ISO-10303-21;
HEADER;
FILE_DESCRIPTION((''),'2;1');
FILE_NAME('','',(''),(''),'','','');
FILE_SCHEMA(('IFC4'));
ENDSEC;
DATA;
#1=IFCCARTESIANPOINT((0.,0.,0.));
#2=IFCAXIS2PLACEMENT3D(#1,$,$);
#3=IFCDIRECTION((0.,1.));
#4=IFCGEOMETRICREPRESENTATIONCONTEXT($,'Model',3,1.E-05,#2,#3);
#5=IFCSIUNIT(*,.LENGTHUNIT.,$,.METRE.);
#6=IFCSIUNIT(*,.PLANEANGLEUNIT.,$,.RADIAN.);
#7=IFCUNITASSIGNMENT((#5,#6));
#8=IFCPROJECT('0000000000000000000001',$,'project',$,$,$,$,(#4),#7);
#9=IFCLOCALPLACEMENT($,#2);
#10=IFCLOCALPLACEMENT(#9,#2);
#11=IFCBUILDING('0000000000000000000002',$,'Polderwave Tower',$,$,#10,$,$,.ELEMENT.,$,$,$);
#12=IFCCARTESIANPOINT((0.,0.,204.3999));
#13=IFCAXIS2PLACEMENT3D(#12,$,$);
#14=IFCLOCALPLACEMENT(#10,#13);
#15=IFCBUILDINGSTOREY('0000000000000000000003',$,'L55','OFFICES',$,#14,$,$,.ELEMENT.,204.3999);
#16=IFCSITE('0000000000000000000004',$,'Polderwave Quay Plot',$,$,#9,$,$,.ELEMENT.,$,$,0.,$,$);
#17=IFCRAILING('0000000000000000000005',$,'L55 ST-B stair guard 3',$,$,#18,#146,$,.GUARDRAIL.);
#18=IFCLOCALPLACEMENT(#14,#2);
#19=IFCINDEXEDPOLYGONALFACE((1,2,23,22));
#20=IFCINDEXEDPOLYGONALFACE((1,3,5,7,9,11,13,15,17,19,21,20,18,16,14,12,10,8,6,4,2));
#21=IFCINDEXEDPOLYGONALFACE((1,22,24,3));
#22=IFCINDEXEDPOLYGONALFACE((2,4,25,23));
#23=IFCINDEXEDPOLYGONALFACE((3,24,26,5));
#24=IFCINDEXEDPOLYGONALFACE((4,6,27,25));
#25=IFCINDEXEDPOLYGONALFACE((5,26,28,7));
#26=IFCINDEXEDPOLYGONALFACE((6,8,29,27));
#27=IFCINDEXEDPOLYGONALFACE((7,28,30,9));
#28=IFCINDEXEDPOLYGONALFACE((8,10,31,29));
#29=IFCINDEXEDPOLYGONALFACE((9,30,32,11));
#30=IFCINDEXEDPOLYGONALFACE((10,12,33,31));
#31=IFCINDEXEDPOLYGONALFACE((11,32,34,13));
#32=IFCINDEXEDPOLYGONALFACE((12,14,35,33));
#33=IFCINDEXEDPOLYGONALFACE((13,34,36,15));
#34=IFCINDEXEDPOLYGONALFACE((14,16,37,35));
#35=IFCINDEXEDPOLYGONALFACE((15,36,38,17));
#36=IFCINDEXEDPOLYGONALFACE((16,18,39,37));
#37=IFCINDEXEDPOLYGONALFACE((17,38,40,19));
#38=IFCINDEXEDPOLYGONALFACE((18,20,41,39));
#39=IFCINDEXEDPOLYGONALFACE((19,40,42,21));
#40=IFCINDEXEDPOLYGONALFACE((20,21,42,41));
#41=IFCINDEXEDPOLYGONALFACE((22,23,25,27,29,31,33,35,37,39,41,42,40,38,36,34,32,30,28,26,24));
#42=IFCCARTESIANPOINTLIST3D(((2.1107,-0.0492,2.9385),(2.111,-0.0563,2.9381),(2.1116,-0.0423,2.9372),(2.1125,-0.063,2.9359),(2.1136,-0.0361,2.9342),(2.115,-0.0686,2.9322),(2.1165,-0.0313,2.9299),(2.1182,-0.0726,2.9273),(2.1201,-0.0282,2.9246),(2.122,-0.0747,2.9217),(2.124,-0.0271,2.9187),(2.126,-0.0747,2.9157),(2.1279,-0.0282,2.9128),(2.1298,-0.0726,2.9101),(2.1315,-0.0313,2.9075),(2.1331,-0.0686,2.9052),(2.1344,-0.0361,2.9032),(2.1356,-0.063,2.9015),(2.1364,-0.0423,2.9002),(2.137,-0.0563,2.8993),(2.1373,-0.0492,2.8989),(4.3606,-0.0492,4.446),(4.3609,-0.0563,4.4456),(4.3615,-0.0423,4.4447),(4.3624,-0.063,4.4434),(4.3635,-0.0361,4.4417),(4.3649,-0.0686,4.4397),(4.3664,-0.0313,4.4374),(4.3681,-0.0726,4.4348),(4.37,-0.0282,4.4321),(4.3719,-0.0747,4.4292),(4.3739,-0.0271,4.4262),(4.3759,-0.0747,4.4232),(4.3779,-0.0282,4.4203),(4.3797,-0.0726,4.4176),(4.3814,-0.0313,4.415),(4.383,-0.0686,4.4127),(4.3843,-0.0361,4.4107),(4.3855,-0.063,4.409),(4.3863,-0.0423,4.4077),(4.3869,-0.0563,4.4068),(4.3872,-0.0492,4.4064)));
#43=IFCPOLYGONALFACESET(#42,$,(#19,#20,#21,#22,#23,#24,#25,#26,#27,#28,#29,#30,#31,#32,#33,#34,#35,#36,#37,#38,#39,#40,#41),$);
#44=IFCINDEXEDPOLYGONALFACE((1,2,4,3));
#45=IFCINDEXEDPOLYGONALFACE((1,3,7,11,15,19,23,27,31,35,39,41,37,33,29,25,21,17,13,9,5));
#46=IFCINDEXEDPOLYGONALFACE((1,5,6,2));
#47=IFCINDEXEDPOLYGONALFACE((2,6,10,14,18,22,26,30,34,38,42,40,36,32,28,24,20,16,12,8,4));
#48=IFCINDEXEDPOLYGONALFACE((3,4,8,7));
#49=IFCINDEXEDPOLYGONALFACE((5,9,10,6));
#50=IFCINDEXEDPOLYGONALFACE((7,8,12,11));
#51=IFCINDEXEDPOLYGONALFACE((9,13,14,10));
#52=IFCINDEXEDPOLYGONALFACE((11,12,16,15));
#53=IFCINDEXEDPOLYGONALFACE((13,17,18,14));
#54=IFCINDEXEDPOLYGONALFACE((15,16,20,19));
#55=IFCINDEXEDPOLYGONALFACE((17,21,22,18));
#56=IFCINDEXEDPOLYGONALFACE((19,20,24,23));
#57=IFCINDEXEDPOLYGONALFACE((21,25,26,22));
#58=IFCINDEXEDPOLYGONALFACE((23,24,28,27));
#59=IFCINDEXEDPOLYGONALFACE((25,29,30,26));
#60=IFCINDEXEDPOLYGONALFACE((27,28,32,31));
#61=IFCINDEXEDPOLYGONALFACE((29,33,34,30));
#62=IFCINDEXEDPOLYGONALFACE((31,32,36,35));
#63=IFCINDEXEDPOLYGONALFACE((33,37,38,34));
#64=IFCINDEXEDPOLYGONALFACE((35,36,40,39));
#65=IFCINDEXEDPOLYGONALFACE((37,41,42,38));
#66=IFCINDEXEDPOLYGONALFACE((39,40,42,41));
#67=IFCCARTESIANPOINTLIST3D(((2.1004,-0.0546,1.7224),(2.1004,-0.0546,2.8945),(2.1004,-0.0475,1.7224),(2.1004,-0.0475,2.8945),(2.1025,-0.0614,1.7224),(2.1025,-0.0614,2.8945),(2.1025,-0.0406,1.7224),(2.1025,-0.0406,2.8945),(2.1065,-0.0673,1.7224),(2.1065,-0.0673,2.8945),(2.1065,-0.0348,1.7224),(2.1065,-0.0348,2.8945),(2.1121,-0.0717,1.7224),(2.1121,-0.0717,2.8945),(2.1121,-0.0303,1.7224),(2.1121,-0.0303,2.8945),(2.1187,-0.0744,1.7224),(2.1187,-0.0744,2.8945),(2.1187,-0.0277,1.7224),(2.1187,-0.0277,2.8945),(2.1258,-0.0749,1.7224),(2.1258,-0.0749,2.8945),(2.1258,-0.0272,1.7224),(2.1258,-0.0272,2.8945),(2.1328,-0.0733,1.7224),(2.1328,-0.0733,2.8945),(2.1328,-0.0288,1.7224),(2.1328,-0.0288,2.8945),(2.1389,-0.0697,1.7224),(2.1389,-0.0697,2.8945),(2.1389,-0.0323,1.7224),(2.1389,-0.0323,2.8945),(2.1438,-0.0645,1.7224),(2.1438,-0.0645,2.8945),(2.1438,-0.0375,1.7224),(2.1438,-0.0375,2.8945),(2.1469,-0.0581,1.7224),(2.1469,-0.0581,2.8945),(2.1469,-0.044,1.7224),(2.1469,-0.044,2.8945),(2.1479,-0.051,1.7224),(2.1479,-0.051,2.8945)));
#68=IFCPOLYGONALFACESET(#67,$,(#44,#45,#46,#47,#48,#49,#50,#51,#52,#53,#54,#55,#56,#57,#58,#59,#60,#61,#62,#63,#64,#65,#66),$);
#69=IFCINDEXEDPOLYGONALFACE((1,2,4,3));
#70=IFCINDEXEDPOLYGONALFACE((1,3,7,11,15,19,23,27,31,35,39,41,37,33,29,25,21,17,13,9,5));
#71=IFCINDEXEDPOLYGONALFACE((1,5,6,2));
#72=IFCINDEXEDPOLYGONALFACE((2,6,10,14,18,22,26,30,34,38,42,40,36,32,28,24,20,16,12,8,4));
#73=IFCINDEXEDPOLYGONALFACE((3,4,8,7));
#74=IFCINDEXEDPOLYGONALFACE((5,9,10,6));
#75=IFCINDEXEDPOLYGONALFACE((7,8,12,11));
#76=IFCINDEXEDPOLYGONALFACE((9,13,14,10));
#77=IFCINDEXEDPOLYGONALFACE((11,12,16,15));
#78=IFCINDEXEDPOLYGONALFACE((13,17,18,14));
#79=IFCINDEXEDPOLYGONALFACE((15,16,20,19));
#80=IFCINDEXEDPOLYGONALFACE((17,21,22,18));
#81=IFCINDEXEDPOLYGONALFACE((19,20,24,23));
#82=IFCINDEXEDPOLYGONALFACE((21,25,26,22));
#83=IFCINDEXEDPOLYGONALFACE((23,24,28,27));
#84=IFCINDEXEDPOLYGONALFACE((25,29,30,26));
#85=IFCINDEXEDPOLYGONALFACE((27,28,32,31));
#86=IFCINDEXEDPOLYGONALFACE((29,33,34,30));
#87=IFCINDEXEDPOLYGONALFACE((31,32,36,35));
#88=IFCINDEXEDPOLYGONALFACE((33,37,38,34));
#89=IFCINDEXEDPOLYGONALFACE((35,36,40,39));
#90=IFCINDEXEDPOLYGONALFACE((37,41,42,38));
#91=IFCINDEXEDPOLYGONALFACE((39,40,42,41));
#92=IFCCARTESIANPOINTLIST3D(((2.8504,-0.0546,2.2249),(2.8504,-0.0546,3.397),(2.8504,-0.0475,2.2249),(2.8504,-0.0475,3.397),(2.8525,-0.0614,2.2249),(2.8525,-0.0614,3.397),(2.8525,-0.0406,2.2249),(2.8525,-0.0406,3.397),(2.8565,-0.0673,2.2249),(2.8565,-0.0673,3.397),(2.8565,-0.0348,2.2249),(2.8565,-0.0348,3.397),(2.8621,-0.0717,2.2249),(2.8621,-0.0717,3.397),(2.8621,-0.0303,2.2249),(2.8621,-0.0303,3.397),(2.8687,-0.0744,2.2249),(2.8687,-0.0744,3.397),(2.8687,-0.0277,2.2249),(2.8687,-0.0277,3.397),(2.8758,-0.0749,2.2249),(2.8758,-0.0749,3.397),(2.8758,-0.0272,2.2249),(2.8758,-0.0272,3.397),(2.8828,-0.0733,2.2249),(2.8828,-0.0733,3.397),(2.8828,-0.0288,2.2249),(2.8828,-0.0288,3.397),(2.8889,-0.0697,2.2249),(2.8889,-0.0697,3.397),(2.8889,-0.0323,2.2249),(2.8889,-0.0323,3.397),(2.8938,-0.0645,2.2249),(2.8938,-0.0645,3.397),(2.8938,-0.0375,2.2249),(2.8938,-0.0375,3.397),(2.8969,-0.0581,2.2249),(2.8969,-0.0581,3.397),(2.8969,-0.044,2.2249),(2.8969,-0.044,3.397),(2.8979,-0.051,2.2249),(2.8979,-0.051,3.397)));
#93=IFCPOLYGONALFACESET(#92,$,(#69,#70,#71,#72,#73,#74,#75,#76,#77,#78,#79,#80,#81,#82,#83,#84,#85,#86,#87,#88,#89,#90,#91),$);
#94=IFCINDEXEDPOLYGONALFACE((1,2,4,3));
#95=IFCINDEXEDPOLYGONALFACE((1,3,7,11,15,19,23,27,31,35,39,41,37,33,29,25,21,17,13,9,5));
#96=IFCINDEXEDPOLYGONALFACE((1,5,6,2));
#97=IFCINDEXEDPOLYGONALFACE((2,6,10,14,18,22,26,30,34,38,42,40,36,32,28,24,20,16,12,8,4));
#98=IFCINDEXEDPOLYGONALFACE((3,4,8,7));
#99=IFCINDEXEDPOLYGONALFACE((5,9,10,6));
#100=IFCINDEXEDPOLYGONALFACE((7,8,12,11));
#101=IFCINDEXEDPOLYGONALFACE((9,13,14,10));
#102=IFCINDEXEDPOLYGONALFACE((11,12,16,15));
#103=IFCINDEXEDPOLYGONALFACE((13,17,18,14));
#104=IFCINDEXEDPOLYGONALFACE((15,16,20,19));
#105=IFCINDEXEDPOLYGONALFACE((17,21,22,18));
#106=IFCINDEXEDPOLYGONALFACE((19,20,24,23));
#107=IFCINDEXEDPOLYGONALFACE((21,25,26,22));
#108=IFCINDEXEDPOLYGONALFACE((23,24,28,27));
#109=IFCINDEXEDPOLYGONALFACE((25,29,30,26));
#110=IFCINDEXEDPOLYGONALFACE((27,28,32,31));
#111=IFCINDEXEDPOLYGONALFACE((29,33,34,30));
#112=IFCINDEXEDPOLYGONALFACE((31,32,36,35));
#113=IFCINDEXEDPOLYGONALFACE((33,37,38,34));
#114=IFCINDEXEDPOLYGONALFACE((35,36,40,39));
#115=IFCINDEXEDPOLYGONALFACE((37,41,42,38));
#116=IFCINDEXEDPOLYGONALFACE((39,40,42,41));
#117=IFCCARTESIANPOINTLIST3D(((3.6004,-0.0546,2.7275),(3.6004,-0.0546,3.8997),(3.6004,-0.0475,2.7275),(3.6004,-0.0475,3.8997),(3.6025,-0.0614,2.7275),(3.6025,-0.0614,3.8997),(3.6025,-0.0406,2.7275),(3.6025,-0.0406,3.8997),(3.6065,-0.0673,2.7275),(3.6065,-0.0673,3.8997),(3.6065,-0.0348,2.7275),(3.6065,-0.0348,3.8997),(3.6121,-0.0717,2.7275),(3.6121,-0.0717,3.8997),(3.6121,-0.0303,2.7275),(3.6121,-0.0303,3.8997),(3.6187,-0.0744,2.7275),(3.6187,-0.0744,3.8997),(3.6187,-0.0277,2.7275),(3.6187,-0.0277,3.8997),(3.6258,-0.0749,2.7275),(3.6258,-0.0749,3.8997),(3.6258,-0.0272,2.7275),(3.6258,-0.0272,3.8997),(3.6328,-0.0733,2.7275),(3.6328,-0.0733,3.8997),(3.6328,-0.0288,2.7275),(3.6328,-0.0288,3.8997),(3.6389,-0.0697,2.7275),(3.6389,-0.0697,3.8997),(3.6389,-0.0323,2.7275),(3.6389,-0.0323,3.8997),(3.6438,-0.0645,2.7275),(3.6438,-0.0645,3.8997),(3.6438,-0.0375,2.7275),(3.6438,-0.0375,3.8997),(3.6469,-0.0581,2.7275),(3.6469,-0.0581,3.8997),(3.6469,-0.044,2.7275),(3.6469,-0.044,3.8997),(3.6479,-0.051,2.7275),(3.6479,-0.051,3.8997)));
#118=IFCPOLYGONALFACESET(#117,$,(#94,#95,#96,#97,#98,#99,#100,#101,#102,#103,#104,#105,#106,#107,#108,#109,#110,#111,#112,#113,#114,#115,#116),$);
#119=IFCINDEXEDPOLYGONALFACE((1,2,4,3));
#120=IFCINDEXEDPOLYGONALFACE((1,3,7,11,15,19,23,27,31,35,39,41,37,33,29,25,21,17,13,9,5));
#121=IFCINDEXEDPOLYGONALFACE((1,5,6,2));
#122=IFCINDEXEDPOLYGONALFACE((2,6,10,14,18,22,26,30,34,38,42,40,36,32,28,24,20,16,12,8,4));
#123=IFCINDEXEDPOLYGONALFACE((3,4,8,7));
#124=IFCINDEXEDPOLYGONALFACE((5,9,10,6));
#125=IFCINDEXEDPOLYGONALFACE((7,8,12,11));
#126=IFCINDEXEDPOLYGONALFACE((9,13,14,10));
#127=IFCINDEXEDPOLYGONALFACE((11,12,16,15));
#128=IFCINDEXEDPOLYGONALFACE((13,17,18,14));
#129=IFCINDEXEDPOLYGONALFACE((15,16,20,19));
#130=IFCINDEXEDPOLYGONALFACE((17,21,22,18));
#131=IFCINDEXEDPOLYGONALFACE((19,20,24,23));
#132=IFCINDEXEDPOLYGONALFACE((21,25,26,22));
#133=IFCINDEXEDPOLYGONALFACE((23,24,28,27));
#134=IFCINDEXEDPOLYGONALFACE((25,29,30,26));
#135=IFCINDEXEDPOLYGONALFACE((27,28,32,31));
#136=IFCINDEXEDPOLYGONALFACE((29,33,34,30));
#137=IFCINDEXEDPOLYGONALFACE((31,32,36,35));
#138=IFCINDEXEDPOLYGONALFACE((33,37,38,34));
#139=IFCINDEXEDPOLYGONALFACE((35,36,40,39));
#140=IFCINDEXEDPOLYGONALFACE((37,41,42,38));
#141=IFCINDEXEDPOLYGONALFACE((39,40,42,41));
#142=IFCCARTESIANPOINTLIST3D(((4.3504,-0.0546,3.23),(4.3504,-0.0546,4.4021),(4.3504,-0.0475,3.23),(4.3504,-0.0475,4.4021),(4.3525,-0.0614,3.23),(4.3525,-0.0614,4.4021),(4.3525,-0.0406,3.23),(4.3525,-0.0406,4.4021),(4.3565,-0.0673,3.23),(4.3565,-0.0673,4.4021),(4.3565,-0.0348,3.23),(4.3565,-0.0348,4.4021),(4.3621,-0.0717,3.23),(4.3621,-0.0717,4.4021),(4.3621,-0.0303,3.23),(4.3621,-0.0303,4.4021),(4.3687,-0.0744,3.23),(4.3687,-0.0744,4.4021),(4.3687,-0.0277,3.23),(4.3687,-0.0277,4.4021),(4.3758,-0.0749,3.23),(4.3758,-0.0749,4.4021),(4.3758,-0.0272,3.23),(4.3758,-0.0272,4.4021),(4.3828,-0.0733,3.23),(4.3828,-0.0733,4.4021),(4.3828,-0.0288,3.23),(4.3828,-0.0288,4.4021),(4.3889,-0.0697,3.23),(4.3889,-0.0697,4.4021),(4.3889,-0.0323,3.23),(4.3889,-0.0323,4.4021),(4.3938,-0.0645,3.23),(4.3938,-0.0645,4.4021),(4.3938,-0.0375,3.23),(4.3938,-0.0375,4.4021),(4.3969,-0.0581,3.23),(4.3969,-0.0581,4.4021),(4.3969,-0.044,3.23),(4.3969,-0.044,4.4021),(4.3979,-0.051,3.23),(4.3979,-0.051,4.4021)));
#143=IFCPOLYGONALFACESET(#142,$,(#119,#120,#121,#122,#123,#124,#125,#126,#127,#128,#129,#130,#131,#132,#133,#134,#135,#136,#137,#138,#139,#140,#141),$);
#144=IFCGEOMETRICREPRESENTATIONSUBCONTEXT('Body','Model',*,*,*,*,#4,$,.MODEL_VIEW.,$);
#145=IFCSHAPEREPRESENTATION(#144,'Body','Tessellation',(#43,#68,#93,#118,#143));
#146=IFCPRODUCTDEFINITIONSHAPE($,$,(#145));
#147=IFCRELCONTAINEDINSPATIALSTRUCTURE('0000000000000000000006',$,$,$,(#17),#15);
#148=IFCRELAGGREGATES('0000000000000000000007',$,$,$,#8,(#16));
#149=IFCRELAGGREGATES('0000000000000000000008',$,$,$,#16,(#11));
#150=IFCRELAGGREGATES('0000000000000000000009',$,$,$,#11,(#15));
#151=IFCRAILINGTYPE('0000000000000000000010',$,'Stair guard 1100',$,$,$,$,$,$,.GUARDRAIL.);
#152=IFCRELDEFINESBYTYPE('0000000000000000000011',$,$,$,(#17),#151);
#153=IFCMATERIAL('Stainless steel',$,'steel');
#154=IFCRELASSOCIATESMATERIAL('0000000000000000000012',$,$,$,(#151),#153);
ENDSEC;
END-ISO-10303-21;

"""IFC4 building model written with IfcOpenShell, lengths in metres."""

from ifc_helpers import new_model, si_unit, direction, frame, origin, origin_2d, place, context, subcontext, project, spatial, circle, extrude, material, type_object, element, save


model = new_model("IFC4")

# Units and contexts
model_context = context("Model", 3, precision=1e-05, world=origin(), true_north=direction((0.0, 1.0)))
body_context = subcontext(model_context, "Body", "Model", "MODEL_VIEW")
ifc_project = project(units=[si_unit("LENGTHUNIT", "METRE"), si_unit("PLANEANGLEUNIT", "RADIAN")], contexts=[model_context])

# Site, building, storey
site_placement = place(None, origin())
site = spatial("IfcSite", under=ifc_project, at=site_placement, Name="Polderwave Quay Plot", CompositionType="ELEMENT", RefElevation=0.0)
building_placement = place(site_placement, origin())
building = spatial("IfcBuilding", under=site, at=building_placement, Name="Polderwave Tower", CompositionType="ELEMENT")
storey_placement = place(building_placement, frame((0.0, 0.0, 204.3999)))
storey = spatial("IfcBuildingStorey", under=building, at=storey_placement, Name="L55", Description="OFFICES", CompositionType="ELEMENT", Elevation=204.3999)

# Railing
ifc_material_1 = material(Name="Stainless steel", Category="steel")
railing_type_1 = type_object("IfcRailingType", Name="Stair guard 1100", PredefinedType="GUARDRAIL", material=ifc_material_1)
railing_1_placement = place(storey_placement, frame((2.124, -0.051, 1.7224)))
element("IfcRailing", 1, at=railing_1_placement, inside=storey, type_object=railing_type_1, Name="L55 ST-B stair guard 3", PredefinedType="GUARDRAIL", context=body_context, shape_type="SweptSolid", body=[
    extrude(circle(Radius=0.0239, at=origin_2d()), frame((0.0, 0.0, 1.1963), z_axis=(0.830758, 0.0, 0.556633), x_axis=(0.0, 1.0, 0.0)), (0.0, 0.0, 1.0), 2.7083),
    extrude(circle(Radius=0.0239, at=origin_2d()), origin(), (0.0, 0.0, 1.0), 1.1721),
    extrude(circle(Radius=0.0239, at=origin_2d()), frame((0.75, 0.0, 0.5024)), (0.0, 0.0, 1.0), 1.1721),
    extrude(circle(Radius=0.0239, at=origin_2d()), frame((1.5, 0.0, 1.0051)), (0.0, 0.0, 1.0), 1.1721),
    extrude(circle(Radius=0.0239, at=origin_2d()), frame((2.25, 0.0, 1.5076)), (0.0, 0.0, 1.0), 1.1721),
])

save(model, "model.ifc")
